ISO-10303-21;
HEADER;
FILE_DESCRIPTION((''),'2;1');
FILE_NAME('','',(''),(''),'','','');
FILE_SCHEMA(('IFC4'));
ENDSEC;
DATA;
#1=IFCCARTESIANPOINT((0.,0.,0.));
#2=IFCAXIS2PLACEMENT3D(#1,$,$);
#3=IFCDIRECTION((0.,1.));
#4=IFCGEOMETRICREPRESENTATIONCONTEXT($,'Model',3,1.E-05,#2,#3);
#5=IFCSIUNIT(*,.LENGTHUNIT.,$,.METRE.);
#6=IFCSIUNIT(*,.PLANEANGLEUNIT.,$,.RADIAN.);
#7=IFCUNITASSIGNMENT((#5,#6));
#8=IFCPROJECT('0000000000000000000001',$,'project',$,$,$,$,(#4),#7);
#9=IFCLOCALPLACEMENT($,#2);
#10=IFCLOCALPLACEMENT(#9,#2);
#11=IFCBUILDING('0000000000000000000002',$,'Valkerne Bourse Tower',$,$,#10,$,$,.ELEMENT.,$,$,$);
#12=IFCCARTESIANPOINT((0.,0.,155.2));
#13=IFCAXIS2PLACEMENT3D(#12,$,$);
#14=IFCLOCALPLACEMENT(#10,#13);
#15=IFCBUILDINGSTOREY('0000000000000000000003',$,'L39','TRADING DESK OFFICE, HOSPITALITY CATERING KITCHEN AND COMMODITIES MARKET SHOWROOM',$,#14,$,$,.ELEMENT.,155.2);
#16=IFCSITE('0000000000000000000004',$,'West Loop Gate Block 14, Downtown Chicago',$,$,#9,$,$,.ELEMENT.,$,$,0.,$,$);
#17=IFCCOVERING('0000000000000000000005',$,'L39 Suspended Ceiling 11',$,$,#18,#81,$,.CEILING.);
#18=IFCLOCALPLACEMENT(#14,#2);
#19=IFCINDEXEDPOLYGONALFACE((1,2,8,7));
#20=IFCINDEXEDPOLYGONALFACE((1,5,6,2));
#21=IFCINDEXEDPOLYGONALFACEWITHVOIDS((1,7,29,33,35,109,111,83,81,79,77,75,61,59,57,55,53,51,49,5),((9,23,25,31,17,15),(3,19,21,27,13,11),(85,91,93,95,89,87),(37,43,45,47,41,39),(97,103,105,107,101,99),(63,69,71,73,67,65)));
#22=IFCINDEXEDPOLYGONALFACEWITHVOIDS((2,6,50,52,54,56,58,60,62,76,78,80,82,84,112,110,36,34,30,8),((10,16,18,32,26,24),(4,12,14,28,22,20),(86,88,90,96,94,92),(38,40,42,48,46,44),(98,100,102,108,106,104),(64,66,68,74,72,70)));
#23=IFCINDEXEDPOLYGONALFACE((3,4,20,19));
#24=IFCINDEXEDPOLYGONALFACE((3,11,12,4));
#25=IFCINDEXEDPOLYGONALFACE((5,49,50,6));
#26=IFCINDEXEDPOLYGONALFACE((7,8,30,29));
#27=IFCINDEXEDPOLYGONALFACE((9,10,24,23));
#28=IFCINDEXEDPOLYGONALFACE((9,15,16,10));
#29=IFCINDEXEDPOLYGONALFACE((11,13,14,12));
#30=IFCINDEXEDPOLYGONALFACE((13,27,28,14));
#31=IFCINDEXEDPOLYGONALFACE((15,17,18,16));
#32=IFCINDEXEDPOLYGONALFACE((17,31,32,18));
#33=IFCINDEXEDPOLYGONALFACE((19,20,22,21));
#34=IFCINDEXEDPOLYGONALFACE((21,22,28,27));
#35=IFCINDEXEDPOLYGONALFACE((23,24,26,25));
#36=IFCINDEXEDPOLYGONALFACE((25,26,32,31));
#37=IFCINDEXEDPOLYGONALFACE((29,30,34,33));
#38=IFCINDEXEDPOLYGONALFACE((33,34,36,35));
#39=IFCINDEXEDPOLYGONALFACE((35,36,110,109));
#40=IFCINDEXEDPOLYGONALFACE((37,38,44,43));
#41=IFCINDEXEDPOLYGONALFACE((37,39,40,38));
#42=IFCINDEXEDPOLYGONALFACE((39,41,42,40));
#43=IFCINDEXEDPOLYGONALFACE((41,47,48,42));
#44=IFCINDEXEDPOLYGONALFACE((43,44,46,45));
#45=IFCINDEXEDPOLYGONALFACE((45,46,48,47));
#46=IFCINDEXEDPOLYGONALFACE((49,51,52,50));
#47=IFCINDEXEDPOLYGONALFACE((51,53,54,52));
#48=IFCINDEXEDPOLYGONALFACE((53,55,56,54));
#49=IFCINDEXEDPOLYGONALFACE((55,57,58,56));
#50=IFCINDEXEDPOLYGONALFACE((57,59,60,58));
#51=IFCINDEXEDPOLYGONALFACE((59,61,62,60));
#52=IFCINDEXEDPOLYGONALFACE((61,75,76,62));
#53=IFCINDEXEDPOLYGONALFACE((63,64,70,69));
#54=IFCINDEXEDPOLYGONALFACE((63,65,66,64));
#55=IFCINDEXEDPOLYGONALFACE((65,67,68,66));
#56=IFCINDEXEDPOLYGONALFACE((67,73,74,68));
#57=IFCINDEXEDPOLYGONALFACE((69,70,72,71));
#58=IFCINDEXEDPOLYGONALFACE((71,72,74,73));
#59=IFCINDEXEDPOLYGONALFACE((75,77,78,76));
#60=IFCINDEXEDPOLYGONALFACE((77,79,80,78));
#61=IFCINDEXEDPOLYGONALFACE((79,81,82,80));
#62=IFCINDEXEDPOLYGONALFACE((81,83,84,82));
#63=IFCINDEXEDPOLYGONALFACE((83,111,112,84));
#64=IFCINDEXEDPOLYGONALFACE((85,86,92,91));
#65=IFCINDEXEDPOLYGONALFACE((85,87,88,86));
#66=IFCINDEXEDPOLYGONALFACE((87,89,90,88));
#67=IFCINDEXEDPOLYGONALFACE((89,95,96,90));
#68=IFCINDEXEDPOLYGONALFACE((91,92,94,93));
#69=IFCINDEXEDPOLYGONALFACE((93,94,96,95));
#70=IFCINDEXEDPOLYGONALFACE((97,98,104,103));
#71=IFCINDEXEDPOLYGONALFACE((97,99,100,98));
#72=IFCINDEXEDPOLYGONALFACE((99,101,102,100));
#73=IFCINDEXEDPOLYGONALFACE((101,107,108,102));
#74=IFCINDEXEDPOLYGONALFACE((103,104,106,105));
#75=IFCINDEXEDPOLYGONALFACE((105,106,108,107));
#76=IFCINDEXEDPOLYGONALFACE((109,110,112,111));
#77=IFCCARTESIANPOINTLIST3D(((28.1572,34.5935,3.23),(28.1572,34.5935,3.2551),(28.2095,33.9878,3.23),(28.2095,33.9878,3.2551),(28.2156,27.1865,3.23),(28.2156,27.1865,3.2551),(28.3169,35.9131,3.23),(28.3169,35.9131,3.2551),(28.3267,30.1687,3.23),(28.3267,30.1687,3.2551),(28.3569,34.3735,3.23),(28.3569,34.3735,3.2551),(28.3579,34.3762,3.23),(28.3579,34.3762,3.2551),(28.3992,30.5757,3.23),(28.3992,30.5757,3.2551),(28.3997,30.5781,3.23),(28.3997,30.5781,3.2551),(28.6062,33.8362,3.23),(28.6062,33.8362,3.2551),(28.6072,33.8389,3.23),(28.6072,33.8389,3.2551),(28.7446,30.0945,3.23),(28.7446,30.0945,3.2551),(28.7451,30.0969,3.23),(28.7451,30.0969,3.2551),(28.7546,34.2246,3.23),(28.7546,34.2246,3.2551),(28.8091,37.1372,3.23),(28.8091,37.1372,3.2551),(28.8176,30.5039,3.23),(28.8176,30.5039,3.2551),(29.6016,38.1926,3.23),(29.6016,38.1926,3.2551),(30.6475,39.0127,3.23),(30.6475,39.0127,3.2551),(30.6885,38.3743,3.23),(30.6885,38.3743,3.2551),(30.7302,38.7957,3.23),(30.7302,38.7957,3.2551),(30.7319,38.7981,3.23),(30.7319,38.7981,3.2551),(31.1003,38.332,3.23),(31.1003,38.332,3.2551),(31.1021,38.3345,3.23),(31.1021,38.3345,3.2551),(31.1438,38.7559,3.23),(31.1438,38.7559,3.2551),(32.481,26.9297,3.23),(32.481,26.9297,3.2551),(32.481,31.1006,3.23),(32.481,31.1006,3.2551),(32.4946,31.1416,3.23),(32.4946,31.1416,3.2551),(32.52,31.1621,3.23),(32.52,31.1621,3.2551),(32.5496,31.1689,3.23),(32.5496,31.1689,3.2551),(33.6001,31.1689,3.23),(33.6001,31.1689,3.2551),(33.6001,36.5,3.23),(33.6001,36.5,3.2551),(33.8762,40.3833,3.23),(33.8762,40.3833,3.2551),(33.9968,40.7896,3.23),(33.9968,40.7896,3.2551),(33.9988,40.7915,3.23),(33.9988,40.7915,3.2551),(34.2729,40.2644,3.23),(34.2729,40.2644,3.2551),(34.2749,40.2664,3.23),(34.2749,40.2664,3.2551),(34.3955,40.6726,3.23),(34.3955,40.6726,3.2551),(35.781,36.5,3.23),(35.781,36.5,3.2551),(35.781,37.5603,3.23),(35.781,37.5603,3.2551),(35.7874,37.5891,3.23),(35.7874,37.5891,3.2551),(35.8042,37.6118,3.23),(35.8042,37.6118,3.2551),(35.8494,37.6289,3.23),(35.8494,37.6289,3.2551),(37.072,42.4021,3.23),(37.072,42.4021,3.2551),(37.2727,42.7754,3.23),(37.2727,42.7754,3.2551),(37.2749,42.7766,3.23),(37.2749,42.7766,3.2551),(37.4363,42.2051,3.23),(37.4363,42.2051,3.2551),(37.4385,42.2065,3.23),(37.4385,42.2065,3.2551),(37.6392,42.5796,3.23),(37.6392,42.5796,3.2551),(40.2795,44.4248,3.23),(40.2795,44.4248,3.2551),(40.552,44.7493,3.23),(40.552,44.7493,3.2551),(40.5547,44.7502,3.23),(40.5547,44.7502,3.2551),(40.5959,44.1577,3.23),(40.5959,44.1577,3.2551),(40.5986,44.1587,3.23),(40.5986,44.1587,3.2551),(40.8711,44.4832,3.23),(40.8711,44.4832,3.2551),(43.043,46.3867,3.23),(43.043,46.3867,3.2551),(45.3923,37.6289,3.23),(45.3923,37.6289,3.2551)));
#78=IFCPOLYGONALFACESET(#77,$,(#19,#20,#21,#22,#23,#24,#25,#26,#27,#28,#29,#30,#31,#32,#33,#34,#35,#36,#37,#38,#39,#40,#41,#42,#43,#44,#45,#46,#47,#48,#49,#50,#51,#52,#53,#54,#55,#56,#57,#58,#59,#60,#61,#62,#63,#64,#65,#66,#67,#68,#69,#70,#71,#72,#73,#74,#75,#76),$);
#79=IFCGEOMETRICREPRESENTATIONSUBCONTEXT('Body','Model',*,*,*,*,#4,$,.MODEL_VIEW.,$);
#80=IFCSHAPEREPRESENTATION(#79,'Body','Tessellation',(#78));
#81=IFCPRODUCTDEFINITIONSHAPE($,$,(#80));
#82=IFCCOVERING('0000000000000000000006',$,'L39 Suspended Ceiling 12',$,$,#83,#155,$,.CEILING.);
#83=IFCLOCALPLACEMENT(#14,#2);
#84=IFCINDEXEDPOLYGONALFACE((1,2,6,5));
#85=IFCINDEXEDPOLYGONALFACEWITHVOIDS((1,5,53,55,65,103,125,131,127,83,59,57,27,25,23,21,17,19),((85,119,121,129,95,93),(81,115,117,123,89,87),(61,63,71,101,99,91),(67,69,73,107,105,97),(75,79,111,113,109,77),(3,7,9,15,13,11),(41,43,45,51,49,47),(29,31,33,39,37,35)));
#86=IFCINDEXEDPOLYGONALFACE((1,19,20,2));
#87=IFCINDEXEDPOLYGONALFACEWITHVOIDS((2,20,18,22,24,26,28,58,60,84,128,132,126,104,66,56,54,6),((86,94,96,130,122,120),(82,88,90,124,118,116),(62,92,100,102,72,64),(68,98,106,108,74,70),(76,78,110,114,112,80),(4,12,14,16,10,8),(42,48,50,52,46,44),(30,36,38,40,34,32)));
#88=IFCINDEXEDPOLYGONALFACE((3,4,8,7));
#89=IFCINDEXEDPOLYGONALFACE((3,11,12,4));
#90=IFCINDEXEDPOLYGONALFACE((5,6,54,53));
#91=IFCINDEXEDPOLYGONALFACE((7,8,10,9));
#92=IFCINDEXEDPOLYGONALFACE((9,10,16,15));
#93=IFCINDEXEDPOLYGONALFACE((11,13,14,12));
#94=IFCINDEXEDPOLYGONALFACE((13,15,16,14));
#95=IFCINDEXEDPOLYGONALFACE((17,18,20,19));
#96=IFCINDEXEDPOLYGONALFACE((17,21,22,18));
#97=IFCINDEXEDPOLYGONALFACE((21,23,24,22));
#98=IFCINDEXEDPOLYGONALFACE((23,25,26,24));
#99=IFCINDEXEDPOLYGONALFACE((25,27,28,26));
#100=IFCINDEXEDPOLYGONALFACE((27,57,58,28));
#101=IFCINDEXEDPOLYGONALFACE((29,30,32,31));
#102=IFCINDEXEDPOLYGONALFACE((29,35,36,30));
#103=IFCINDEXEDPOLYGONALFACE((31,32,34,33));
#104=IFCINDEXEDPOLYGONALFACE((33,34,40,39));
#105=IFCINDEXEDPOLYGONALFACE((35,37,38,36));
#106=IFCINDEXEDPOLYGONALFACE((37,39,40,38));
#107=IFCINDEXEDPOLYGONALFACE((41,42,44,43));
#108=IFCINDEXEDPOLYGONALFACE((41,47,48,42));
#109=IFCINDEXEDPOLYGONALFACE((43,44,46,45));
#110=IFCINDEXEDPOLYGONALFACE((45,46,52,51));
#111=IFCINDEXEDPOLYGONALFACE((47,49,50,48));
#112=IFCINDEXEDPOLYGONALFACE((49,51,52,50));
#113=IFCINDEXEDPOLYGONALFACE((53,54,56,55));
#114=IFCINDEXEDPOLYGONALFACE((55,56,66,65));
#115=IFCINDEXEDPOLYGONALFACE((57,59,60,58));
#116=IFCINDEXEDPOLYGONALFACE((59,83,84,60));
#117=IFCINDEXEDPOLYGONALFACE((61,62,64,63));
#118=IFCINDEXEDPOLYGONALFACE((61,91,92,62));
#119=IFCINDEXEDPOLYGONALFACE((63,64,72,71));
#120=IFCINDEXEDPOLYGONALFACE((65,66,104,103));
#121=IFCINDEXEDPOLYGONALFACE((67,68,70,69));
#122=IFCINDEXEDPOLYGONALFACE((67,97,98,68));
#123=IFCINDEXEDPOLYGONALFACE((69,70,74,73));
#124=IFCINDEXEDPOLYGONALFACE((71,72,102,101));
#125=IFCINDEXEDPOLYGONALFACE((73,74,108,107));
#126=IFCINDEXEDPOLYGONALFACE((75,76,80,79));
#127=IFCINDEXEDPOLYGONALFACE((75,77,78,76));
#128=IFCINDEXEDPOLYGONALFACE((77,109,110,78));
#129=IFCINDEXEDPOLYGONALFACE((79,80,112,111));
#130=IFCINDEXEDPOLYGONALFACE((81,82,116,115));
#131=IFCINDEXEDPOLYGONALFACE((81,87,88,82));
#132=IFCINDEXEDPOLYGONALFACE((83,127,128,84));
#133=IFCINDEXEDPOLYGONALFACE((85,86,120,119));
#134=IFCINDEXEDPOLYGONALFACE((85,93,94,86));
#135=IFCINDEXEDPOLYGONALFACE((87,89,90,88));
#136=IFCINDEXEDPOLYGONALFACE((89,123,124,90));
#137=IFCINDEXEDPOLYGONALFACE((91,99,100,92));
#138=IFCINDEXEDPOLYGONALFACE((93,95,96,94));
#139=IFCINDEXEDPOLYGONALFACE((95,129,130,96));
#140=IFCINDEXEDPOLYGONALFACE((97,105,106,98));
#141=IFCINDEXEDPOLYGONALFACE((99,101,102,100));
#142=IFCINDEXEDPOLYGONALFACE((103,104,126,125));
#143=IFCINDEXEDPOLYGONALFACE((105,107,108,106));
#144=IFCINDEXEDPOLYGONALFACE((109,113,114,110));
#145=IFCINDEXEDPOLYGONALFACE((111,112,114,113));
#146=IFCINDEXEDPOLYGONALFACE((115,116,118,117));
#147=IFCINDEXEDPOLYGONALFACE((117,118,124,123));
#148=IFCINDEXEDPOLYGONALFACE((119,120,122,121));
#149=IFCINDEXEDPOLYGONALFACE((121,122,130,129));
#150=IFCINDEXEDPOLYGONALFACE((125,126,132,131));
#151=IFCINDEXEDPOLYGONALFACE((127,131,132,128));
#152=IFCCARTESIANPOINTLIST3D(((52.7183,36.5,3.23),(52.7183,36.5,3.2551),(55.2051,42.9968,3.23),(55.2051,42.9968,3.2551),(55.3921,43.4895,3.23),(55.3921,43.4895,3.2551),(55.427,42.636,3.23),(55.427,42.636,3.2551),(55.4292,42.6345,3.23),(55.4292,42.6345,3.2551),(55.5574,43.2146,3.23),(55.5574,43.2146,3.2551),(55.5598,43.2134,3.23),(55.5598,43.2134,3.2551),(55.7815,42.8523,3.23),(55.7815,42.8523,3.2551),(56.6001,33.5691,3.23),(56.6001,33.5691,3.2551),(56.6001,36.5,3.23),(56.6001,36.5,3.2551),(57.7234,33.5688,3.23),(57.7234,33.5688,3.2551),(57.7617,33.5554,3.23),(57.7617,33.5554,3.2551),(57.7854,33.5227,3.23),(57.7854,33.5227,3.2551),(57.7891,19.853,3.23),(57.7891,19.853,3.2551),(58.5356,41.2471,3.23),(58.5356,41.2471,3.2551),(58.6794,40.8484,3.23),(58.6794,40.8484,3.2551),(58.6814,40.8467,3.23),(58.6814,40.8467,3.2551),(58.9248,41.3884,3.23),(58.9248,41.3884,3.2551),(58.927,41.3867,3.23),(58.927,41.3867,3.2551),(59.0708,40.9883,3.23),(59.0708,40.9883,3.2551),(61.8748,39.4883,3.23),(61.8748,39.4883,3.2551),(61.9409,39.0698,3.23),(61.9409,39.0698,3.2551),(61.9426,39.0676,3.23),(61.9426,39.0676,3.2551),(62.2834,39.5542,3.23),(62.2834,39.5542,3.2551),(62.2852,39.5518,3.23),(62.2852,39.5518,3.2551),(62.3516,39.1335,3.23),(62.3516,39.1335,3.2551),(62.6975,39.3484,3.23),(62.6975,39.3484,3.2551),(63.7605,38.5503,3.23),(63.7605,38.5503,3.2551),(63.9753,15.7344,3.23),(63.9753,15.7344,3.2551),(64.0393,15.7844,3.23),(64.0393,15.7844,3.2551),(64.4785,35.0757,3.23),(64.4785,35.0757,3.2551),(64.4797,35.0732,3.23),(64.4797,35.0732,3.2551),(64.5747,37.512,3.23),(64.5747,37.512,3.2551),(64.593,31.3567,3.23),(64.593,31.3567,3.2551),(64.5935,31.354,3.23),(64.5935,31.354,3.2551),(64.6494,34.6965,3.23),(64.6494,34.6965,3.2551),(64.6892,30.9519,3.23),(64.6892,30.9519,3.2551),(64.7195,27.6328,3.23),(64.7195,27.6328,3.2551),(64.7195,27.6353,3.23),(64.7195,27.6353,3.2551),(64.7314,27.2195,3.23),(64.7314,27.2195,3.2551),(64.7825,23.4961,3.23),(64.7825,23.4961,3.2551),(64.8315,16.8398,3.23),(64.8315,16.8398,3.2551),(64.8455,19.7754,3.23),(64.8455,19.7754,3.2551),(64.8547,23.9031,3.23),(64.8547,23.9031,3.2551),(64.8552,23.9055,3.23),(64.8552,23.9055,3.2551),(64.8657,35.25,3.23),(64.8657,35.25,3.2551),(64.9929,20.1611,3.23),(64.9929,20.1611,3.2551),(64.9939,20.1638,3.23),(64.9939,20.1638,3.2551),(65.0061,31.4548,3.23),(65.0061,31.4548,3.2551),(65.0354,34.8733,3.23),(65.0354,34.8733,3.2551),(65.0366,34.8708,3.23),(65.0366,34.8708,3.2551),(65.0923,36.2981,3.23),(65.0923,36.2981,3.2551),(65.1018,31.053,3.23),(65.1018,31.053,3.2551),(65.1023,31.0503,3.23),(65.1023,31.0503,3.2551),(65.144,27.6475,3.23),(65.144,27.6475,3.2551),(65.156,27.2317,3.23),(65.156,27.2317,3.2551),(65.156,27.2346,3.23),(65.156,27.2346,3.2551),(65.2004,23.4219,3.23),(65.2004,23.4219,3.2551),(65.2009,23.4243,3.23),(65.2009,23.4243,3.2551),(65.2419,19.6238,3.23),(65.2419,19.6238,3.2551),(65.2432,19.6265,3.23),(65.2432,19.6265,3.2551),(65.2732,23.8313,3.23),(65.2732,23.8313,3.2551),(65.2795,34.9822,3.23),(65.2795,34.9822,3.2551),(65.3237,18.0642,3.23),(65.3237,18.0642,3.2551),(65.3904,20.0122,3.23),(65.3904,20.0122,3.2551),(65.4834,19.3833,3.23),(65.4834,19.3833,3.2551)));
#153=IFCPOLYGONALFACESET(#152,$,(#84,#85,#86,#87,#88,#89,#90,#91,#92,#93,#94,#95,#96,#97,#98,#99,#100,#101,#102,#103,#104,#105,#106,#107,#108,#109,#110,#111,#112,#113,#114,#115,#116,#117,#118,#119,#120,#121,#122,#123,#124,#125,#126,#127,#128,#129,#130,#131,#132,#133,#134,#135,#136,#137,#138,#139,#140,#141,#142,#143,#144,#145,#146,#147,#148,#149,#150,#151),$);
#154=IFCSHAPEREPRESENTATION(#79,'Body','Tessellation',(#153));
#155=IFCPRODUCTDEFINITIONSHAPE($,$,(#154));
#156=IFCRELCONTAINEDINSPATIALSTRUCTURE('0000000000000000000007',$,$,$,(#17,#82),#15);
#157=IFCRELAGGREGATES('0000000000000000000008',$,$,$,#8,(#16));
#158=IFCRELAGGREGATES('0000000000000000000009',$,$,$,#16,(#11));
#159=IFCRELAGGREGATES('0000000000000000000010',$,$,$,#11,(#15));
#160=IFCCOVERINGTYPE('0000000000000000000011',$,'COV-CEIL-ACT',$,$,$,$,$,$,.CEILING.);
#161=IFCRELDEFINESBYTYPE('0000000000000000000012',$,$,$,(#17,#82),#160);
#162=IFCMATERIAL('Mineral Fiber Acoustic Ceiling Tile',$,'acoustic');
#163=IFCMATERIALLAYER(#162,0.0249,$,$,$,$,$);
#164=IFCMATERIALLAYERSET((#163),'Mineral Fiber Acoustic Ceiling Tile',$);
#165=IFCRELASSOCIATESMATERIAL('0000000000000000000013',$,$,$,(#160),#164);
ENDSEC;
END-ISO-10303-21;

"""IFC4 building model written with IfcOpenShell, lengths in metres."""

from ifc_helpers import new_model, si_unit, direction, frame, origin, place, context, subcontext, project, spatial, polyline, outline, extrude, material, layer, layer_set, type_object, element, save


model = new_model("IFC4")

# Units and contexts
model_context = context("Model", 3, precision=1e-05, world=origin(), true_north=direction((0.0, 1.0)))
body_context = subcontext(model_context, "Body", "Model", "MODEL_VIEW")
ifc_project = project(units=[si_unit("LENGTHUNIT", "METRE"), si_unit("PLANEANGLEUNIT", "RADIAN")], contexts=[model_context])

# Site, building, storey
site_placement = place(None, origin())
site = spatial("IfcSite", under=ifc_project, at=site_placement, Name="West Loop Gate Block 14, Downtown Chicago", CompositionType="ELEMENT", RefElevation=0.0)
building_placement = place(site_placement, origin())
building = spatial("IfcBuilding", under=site, at=building_placement, Name="Valkerne Bourse Tower", CompositionType="ELEMENT")
storey_placement = place(building_placement, frame((0.0, 0.0, 155.2)))
storey = spatial("IfcBuildingStorey", under=building, at=storey_placement, Name="L39", Description="TRADING DESK OFFICE, HOSPITALITY CATERING KITCHEN AND COMMODITIES MARKET SHOWROOM", CompositionType="ELEMENT", Elevation=155.2)

# Coverings
ifc_material_1 = material(Name="Mineral Fiber Acoustic Ceiling Tile", Category="acoustic")
ifc_layer_1 = layer(ifc_material_1, 0.0249)
ifc_layer_set_1 = layer_set([ifc_layer_1], Name="Mineral Fiber Acoustic Ceiling Tile")
covering_type_1 = type_object("IfcCoveringType", Name="COV-CEIL-ACT", PredefinedType="CEILING", material=ifc_layer_set_1)
covering_1_placement = place(storey_placement, frame((0.0, 0.0, 3.23)))
element("IfcCovering", 1, at=covering_1_placement, inside=storey, type_object=covering_type_1, Name="L39 Suspended Ceiling 11", PredefinedType="CEILING", context=body_context, shape_type="SweptSolid", body=[
    extrude(outline(polyline([(28.8091, 37.1372), (29.6016, 38.1926), (30.6475, 39.0127), (43.043, 46.3867), (45.3923, 37.6289), (35.8494, 37.6289), (35.8042, 37.6118), (35.7874, 37.5891), (35.781, 37.5603), (35.781, 36.5), (33.6001, 36.5), (33.6001, 31.1689), (32.5496, 31.1689), (32.52, 31.1621), (32.4946, 31.1416), (32.481, 31.1006), (32.481, 26.9297), (28.2156, 27.1865), (28.1572, 34.5935), (28.3169, 35.9131), (28.8091, 37.1372)]), holes=[polyline([(28.7451, 30.0969), (28.8176, 30.5039), (28.3997, 30.5781), (28.3992, 30.5757), (28.3267, 30.1687), (28.7446, 30.0945), (28.7451, 30.0969)]), polyline([(28.7546, 34.2246), (28.3579, 34.3762), (28.3569, 34.3735), (28.2095, 33.9878), (28.6062, 33.8362), (28.6072, 33.8389), (28.7546, 34.2246)]), polyline([(31.1438, 38.7559), (30.7319, 38.7981), (30.7302, 38.7957), (30.6885, 38.3743), (31.1003, 38.332), (31.1021, 38.3345), (31.1438, 38.7559)]), polyline([(34.3955, 40.6726), (33.9988, 40.7915), (33.9968, 40.7896), (33.8762, 40.3833), (34.2729, 40.2644), (34.2749, 40.2664), (34.3955, 40.6726)]), polyline([(37.4385, 42.2065), (37.6392, 42.5796), (37.2749, 42.7766), (37.2727, 42.7754), (37.072, 42.4021), (37.4363, 42.2051), (37.4385, 42.2065)]), polyline([(40.5986, 44.1587), (40.8711, 44.4832), (40.5547, 44.7502), (40.552, 44.7493), (40.2795, 44.4248), (40.5959, 44.1577), (40.5986, 44.1587)])]), origin(), (0.0, 0.0, 1.0), 0.0251),
])
covering_2_placement = place(storey_placement, frame((0.0, 0.0, 3.23)))
element("IfcCovering", 2, at=covering_2_placement, inside=storey, type_object=covering_type_1, Name="L39 Suspended Ceiling 12", PredefinedType="CEILING", context=body_context, shape_type="SweptSolid", body=[
    extrude(outline(polyline([(64.0393, 15.7844), (63.9753, 15.7344), (57.7891, 19.853), (57.7854, 33.5227), (57.7617, 33.5554), (57.7234, 33.5688), (56.6001, 33.5691), (56.6001, 36.5), (52.7183, 36.5), (55.3921, 43.4895), (62.6975, 39.3484), (63.7605, 38.5503), (64.5747, 37.512), (65.0923, 36.2981), (65.2795, 34.9822), (65.4834, 19.3833), (65.3237, 18.0642), (64.8315, 16.8398), (64.0393, 15.7844)]), holes=[polyline([(65.3904, 20.0122), (64.9939, 20.1638), (64.9929, 20.1611), (64.8455, 19.7754), (65.2419, 19.6238), (65.2432, 19.6265), (65.3904, 20.0122)]), polyline([(65.2732, 23.8313), (64.8552, 23.9055), (64.8547, 23.9031), (64.7825, 23.4961), (65.2004, 23.4219), (65.2009, 23.4243), (65.2732, 23.8313)]), polyline([(65.156, 27.2317), (65.156, 27.2346), (65.144, 27.6475), (64.7195, 27.6353), (64.7195, 27.6328), (64.7314, 27.2195), (65.156, 27.2317)]), polyline([(65.1023, 31.0503), (65.1018, 31.053), (65.0061, 31.4548), (64.593, 31.3567), (64.5935, 31.354), (64.6892, 30.9519), (65.1023, 31.0503)]), polyline([(65.0366, 34.8708), (65.0354, 34.8733), (64.8657, 35.25), (64.4785, 35.0757), (64.4797, 35.0732), (64.6494, 34.6965), (65.0366, 34.8708)]), polyline([(62.3516, 39.1335), (62.2852, 39.5518), (62.2834, 39.5542), (61.8748, 39.4883), (61.9409, 39.0698), (61.9426, 39.0676), (62.3516, 39.1335)]), polyline([(58.927, 41.3867), (58.9248, 41.3884), (58.5356, 41.2471), (58.6794, 40.8484), (58.6814, 40.8467), (59.0708, 40.9883), (58.927, 41.3867)]), polyline([(55.7815, 42.8523), (55.5598, 43.2134), (55.5574, 43.2146), (55.2051, 42.9968), (55.427, 42.636), (55.4292, 42.6345), (55.7815, 42.8523)])]), origin(), (0.0, 0.0, 1.0), 0.0251),
])

save(model, "model.ifc")
